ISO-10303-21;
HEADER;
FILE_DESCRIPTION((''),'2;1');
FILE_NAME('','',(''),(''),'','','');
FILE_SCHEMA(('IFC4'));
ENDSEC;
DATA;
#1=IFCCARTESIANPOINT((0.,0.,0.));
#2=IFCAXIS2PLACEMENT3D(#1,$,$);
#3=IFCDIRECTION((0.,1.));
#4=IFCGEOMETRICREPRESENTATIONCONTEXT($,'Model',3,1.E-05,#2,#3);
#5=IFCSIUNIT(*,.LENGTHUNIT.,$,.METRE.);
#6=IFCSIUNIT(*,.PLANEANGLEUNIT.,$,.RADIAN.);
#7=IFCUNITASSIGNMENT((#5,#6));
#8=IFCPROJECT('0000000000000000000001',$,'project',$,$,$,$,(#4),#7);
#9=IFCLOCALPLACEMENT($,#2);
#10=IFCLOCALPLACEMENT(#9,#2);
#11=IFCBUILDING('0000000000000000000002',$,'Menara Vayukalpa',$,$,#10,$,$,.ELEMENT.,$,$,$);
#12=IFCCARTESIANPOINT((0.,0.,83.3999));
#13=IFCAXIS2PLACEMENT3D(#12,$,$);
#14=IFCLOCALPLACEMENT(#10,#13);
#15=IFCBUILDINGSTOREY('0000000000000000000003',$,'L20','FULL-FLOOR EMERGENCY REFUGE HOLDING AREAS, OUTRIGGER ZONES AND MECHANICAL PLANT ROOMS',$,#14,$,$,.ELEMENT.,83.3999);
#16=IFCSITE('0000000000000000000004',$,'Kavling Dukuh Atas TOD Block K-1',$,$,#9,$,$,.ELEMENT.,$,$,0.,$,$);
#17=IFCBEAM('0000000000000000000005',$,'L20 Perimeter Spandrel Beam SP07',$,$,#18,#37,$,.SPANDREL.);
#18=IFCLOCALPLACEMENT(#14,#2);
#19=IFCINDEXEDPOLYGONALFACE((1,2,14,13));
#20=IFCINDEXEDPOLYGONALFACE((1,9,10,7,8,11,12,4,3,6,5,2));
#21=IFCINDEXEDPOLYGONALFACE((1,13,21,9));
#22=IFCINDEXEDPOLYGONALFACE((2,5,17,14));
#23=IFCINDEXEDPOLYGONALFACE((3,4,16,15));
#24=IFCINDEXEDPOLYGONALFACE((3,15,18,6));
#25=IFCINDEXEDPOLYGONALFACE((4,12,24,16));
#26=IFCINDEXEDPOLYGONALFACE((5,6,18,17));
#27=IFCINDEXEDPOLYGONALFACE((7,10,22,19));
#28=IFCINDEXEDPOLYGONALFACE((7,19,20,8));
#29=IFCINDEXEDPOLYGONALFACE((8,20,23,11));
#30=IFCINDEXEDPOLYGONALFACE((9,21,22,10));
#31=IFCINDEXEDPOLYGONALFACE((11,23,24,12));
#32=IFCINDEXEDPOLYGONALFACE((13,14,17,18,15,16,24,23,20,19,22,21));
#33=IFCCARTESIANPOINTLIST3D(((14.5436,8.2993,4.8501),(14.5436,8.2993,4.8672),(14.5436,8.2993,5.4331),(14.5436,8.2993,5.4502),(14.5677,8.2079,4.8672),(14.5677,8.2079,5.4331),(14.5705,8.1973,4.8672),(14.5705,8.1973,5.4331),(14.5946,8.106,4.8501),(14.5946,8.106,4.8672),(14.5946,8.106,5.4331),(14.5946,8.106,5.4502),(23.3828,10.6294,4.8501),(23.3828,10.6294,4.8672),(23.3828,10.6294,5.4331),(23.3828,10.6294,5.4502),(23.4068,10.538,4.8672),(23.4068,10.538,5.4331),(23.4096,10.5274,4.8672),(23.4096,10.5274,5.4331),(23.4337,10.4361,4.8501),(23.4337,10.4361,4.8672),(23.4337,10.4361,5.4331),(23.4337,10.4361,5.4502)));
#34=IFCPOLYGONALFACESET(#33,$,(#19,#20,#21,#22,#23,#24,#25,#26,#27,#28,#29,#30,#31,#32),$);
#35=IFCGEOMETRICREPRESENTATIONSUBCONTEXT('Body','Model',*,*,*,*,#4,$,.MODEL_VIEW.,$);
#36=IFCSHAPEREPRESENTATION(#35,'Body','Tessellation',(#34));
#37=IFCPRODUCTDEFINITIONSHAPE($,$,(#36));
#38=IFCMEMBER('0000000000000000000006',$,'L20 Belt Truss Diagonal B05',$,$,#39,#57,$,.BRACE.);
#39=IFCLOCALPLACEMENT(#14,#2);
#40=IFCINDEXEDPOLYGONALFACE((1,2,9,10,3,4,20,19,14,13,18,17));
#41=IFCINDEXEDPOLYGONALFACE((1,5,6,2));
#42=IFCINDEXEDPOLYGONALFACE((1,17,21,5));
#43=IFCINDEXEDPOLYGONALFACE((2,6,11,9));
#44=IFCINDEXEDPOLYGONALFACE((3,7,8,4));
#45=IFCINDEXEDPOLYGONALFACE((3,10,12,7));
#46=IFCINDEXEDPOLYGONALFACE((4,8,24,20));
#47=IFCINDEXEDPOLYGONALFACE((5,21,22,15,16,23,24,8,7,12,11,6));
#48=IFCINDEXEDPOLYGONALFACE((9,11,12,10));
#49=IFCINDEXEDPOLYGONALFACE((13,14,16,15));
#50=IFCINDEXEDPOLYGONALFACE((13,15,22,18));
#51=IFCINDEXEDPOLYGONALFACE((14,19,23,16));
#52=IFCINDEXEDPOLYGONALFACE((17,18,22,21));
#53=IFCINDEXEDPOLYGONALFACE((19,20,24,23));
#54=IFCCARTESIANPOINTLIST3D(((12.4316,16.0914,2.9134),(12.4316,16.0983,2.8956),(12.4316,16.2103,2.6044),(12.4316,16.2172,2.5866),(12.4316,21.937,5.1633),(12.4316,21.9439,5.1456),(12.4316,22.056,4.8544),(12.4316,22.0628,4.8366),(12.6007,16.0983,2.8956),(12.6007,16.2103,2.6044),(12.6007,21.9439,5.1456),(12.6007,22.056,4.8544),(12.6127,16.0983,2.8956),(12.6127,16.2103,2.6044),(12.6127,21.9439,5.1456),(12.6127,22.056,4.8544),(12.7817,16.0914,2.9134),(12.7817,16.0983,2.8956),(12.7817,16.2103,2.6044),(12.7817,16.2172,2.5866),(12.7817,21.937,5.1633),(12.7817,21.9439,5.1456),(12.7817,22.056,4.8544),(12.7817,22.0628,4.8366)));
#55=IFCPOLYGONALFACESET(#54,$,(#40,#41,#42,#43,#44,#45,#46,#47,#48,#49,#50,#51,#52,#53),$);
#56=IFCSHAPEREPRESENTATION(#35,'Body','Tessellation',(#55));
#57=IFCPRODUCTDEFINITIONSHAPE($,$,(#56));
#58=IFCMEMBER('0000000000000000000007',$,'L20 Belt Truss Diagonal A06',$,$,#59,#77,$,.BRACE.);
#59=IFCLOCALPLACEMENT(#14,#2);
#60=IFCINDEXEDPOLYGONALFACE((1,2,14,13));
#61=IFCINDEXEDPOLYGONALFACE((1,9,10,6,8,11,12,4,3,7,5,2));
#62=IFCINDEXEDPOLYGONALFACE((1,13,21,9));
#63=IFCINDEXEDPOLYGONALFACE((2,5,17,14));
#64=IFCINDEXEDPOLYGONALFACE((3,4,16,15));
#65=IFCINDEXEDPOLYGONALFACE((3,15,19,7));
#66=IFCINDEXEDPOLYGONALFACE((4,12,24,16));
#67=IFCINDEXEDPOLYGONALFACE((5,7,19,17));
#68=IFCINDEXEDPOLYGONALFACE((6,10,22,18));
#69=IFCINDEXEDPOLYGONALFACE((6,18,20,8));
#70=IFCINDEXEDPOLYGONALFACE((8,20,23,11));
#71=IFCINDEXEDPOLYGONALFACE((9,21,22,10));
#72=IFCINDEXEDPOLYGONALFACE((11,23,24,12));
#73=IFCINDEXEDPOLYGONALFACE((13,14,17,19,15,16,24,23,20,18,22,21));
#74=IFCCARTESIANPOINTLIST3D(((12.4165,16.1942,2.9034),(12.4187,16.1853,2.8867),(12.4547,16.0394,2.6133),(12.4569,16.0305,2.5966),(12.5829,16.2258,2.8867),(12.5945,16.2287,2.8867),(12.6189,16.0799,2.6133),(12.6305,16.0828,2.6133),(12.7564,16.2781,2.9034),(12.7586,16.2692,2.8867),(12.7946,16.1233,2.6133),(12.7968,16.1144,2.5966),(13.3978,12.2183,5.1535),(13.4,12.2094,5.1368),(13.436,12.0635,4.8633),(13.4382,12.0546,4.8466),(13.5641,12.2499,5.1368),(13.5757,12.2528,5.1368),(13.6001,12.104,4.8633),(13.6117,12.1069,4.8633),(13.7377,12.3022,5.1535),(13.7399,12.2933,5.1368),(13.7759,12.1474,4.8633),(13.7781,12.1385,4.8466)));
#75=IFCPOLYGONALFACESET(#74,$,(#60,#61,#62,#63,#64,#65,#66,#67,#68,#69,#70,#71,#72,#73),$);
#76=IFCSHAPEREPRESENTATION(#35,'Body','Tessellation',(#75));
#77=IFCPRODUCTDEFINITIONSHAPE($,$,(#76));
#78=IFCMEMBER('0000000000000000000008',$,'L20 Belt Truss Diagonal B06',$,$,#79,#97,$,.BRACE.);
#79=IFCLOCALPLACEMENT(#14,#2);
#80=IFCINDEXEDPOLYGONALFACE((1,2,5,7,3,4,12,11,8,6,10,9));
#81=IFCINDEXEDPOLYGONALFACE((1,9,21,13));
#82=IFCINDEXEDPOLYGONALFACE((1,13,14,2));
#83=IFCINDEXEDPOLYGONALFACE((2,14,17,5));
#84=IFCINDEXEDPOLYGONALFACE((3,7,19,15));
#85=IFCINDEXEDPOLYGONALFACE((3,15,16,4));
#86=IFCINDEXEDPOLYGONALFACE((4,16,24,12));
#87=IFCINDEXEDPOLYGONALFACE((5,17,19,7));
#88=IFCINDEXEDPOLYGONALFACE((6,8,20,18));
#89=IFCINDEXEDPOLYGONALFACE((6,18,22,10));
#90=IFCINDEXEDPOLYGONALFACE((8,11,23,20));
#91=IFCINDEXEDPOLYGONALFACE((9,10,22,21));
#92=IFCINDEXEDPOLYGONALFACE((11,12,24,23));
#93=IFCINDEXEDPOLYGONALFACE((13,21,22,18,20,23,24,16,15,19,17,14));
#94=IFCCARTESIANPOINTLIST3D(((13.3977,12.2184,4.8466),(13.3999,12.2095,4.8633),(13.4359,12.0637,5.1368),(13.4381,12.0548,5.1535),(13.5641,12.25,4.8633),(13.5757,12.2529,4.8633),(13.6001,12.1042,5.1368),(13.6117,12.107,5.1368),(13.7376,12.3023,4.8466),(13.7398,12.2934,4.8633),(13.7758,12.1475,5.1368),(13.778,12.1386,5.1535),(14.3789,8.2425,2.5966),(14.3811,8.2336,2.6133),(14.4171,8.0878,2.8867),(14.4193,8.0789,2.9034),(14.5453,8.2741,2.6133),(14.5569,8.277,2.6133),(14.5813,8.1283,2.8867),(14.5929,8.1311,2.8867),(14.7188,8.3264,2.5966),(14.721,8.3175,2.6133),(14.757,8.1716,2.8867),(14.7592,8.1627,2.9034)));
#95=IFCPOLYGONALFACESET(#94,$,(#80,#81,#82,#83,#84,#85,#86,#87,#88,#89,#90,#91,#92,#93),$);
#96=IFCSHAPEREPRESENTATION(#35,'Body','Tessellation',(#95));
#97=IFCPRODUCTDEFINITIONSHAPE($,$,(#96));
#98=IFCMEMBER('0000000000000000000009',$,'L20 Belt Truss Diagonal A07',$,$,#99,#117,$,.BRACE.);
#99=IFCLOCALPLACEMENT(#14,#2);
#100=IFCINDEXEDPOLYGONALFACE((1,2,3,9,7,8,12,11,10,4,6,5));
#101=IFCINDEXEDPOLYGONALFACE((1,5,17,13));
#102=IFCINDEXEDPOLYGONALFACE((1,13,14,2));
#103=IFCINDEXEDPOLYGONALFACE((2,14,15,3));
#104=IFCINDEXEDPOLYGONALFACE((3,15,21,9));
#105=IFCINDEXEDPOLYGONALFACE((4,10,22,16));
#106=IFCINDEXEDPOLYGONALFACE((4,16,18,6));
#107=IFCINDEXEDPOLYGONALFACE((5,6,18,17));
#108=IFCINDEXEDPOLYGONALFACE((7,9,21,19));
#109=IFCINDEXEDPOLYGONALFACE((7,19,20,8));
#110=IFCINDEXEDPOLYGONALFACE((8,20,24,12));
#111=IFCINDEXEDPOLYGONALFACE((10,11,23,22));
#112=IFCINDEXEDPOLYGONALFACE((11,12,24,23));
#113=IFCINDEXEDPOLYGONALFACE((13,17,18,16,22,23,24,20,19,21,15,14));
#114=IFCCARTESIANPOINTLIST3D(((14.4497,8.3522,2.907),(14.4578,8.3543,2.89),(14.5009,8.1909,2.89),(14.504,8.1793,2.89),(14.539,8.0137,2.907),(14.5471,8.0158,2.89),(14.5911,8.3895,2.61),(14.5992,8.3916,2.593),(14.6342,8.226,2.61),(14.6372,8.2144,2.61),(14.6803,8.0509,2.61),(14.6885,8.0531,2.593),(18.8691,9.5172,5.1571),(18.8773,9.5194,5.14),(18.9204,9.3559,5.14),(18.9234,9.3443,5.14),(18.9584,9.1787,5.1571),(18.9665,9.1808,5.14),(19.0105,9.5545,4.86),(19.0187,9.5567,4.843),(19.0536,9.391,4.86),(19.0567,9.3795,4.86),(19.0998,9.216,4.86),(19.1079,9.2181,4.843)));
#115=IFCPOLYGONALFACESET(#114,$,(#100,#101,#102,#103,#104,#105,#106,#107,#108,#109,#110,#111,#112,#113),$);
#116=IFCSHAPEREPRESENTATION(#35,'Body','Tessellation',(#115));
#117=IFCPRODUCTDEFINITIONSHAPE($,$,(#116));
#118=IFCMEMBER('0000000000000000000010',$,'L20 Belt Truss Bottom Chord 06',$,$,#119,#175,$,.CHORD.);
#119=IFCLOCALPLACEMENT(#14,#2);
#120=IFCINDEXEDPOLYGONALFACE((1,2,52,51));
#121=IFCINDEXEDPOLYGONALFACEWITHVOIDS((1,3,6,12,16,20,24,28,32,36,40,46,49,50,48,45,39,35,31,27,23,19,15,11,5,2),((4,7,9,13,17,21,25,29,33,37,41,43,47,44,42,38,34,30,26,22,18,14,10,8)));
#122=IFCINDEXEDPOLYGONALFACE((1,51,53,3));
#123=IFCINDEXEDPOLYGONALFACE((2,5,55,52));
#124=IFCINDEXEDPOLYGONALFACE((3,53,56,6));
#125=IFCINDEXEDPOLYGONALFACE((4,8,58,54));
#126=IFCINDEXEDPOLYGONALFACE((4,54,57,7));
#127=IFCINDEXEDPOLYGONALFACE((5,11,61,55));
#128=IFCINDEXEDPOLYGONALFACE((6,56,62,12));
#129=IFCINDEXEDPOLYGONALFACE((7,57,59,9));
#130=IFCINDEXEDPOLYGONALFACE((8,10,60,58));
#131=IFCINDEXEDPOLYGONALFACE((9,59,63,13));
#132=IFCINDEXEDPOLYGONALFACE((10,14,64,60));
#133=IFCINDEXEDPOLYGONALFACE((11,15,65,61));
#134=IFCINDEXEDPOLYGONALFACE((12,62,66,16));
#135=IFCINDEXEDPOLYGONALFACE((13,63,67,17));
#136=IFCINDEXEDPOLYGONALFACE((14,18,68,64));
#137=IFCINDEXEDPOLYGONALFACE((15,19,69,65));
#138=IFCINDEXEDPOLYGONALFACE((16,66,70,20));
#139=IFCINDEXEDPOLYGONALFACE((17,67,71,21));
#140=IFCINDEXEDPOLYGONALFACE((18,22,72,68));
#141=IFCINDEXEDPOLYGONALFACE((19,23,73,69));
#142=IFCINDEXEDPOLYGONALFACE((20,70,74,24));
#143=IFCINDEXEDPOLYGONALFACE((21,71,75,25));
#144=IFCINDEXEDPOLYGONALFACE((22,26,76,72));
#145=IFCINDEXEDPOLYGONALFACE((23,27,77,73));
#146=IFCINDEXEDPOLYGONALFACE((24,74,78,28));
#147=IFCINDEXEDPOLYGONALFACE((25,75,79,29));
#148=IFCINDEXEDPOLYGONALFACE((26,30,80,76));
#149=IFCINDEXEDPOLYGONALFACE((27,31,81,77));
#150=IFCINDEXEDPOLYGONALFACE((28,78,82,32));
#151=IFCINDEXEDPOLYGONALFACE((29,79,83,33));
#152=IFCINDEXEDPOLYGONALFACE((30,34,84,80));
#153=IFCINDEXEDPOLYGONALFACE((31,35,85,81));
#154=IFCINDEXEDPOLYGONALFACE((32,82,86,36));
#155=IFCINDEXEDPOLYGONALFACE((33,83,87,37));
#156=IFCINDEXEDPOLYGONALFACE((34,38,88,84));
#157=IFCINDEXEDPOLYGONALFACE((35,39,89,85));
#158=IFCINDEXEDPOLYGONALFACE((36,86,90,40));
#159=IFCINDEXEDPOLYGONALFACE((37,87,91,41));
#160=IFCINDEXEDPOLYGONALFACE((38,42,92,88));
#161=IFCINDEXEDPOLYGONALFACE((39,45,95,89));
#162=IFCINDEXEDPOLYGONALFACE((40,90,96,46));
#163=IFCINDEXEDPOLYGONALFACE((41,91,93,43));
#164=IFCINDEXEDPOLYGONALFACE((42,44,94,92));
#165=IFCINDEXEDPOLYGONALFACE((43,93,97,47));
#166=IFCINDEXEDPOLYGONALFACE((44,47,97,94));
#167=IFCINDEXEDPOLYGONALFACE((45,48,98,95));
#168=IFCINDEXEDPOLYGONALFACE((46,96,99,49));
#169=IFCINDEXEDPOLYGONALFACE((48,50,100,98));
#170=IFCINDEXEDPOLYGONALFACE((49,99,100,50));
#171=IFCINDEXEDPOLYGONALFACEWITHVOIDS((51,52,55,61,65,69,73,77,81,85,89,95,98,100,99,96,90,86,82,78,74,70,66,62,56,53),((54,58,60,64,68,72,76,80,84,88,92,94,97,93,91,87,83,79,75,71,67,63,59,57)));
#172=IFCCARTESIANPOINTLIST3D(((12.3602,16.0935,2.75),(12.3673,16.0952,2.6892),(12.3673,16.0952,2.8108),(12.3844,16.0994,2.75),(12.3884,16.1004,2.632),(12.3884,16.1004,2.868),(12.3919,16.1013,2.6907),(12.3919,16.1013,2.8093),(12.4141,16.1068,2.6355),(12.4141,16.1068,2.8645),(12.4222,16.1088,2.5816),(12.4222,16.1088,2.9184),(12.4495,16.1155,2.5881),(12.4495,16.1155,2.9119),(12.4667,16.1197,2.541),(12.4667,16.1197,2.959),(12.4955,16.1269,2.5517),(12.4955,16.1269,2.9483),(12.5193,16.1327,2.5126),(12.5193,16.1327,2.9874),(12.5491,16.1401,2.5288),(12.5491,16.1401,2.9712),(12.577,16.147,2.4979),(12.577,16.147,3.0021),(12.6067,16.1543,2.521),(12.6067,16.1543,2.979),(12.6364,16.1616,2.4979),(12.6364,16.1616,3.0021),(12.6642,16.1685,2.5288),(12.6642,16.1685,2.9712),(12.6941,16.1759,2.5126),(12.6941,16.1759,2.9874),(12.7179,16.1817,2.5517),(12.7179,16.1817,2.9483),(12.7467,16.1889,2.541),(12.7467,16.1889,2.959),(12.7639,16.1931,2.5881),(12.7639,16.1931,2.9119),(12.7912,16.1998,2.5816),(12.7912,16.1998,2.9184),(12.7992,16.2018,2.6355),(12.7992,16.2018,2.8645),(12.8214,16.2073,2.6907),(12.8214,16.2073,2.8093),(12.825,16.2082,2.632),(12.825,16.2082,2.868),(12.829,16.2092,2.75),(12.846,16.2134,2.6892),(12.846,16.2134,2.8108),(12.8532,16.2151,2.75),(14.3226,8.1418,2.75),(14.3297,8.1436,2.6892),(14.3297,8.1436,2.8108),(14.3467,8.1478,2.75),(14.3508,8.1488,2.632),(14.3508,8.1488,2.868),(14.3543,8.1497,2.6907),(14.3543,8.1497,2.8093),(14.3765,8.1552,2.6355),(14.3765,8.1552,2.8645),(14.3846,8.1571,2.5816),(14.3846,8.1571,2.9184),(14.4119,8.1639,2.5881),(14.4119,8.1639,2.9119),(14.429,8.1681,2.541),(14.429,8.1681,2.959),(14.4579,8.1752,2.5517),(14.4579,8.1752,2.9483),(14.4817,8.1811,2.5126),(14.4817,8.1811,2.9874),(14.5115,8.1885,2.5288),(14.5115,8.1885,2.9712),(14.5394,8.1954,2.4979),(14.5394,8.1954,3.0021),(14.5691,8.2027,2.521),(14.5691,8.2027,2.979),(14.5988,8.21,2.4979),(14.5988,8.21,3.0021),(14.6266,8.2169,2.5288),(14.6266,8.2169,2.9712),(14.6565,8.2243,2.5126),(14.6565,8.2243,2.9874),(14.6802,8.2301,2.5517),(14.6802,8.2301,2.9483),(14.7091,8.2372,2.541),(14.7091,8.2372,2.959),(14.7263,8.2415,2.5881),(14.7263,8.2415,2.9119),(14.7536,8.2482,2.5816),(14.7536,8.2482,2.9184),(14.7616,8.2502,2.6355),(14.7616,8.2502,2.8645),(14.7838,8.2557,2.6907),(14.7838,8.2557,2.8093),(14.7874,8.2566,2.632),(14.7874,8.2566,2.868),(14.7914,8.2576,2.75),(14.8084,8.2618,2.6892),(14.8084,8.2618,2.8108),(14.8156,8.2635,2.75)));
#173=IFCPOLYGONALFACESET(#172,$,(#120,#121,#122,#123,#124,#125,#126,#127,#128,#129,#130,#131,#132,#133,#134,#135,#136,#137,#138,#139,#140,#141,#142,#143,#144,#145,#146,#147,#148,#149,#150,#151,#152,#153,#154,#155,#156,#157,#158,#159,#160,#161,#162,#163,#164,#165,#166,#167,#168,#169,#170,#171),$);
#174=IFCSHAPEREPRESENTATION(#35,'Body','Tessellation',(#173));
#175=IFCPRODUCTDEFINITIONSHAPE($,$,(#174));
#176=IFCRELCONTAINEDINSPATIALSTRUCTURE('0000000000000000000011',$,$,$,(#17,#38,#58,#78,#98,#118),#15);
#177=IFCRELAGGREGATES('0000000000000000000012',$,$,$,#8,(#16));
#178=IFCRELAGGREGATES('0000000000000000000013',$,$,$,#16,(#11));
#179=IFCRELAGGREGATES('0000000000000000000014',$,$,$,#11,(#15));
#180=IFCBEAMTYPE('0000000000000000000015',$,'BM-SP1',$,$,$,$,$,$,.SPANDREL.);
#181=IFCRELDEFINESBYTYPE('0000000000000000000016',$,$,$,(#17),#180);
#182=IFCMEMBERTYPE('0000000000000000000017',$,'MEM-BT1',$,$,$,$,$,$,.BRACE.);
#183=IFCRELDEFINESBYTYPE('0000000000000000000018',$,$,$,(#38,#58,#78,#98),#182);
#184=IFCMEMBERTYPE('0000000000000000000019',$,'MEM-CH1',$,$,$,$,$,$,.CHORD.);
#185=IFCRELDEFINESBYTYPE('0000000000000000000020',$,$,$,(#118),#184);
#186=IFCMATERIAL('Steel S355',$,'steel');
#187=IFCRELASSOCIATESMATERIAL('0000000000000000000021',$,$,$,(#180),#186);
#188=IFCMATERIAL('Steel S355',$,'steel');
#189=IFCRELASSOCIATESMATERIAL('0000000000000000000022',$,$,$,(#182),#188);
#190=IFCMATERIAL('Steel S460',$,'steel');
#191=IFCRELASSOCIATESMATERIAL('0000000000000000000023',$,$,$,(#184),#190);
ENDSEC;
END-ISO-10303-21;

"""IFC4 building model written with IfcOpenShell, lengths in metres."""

from ifc_helpers import new_model, si_unit, direction, frame, origin, origin_2d, place, context, subcontext, project, spatial, hollow_circle, i_section, extrude, material, material_profile, profile_set, type_object, element, save


model = new_model("IFC4")

# Units and contexts
model_context = context("Model", 3, precision=1e-05, world=origin(), true_north=direction((0.0, 1.0)))
body_context = subcontext(model_context, "Body", "Model", "MODEL_VIEW")
ifc_project = project(units=[si_unit("LENGTHUNIT", "METRE"), si_unit("PLANEANGLEUNIT", "RADIAN")], contexts=[model_context])

# Site, building, storey
site_placement = place(None, origin())
site = spatial("IfcSite", under=ifc_project, at=site_placement, Name="Kavling Dukuh Atas TOD Block K-1", CompositionType="ELEMENT", RefElevation=0.0)
building_placement = place(site_placement, origin())
building = spatial("IfcBuilding", under=site, at=building_placement, Name="Menara Vayukalpa", CompositionType="ELEMENT")
storey_placement = place(building_placement, frame((0.0, 0.0, 83.3999)))
storey = spatial("IfcBuildingStorey", under=building, at=storey_placement, Name="L20", Description="FULL-FLOOR EMERGENCY REFUGE HOLDING AREAS, OUTRIGGER ZONES AND MECHANICAL PLANT ROOMS", CompositionType="ELEMENT", Elevation=83.3999)

# Beam
ifc_material_1 = material(Name="Steel S355", Category="steel")
ifc_material_profile_1 = material_profile(ifc_material_1, i_section(OverallWidth=0.2, OverallDepth=0.6001, WebThickness=0.011, FlangeThickness=0.0171, at=origin_2d()), Name="WF 600x200x11x17")
ifc_profile_set_1 = profile_set([ifc_material_profile_1], Name="Steel S355")
beam_type_1 = type_object("IfcBeamType", Name="BM-SP1", PredefinedType="SPANDREL", material=ifc_profile_set_1)
beam_1_placement = place(storey_placement, frame((14.5691, 8.2026, 5.1501), z_axis=(0.966967, 0.254902, 0.0), x_axis=(-0.254902, 0.966967, 0.0)))
element("IfcBeam", 1, at=beam_1_placement, inside=storey, type_object=beam_type_1, Name="L20 Perimeter Spandrel Beam SP07", PredefinedType="SPANDREL", context=body_context, shape_type="SweptSolid", body=[
    extrude(i_section(OverallWidth=0.2, OverallDepth=0.6001, WebThickness=0.011, FlangeThickness=0.0171, at=origin_2d()), origin(), (0.0, 0.0, 1.0), 9.1411),
])

# Members
ifc_material_2 = material(Name="Steel S355", Category="steel")
ifc_material_profile_2 = material_profile(ifc_material_2, i_section(OverallWidth=0.3501, OverallDepth=0.3501, WebThickness=0.012, FlangeThickness=0.019, at=origin_2d()), Name="H 350x350x12x19")
ifc_profile_set_2 = profile_set([ifc_material_profile_2], Name="Steel S355")
member_type_1 = type_object("IfcMemberType", Name="MEM-BT1", PredefinedType="BRACE", material=ifc_profile_set_2)
member_1_placement = place(storey_placement, frame((12.6067, 16.1543, 2.75), z_axis=(0.0, 0.933257, 0.359209), x_axis=(-1.0, 0.0, 0.0)))
element("IfcMember", 2, at=member_1_placement, inside=storey, type_object=member_type_1, Name="L20 Belt Truss Diagonal B05", PredefinedType="BRACE", context=body_context, shape_type="SweptSolid", body=[
    extrude(i_section(OverallWidth=0.3501, OverallDepth=0.3501, WebThickness=0.012, FlangeThickness=0.019, at=origin_2d()), origin(), (0.0, 0.0, 1.0), 6.2637),
])
for number, where, z_axis, x_axis, name in (
    (3, (12.6067, 16.1543, 2.75), (0.209994, -0.850896, 0.481538), (0.970871, 0.239603, 0.0), "L20 Belt Truss Diagonal A06"),
    (4, (14.5691, 8.2026, 2.75), (-0.209994, 0.850896, 0.481538), (-0.970871, -0.239603, 0.0), "L20 Belt Truss Diagonal B06"),
):
    element("IfcMember", number, at=place(storey_placement, frame(where, z_axis=z_axis, x_axis=x_axis)), inside=storey, type_object=member_type_1, Name=name, PredefinedType="BRACE", context=body_context, shape_type="SweptSolid", body=[
        extrude(i_section(OverallWidth=0.3501, OverallDepth=0.3501, WebThickness=0.012, FlangeThickness=0.019, at=origin_2d()), origin(), (0.0, 0.0, 1.0), 4.6726),
    ])
member_2_placement = place(storey_placement, frame((14.5691, 8.2026, 2.75), z_axis=(0.867537, 0.228698, 0.441676), x_axis=(-0.254909, 0.966965, 0.0)))
element("IfcMember", 5, at=member_2_placement, inside=storey, type_object=member_type_1, Name="L20 Belt Truss Diagonal A07", PredefinedType="BRACE", context=body_context, shape_type="SweptSolid", body=[
    extrude(i_section(OverallWidth=0.3501, OverallDepth=0.3501, WebThickness=0.012, FlangeThickness=0.019, at=origin_2d()), origin(), (0.0, 0.0, 1.0), 5.0942),
])
ifc_material_3 = material(Name="Steel S460", Category="steel")
ifc_material_profile_3 = material_profile(ifc_material_3, hollow_circle(Radius=0.2539, WallThickness=0.0249, at=origin_2d()), Name="CHS 508.0x25")
ifc_profile_set_3 = profile_set([ifc_material_profile_3], Name="Steel S460")
member_type_2 = type_object("IfcMemberType", Name="MEM-CH1", PredefinedType="CHORD", material=ifc_profile_set_3)
member_3_placement = place(storey_placement, frame((12.6067, 16.1543, 2.75), z_axis=(0.239603, -0.970871, 0.0), x_axis=(0.970871, 0.239603, 0.0)))
element("IfcMember", 6, at=member_3_placement, inside=storey, type_object=member_type_2, Name="L20 Belt Truss Bottom Chord 06", PredefinedType="CHORD", context=body_context, shape_type="SweptSolid", body=[
    extrude(hollow_circle(Radius=0.2539, WallThickness=0.0249, at=origin_2d()), origin(), (0.0, 0.0, 1.0), 8.1902),
])

save(model, "model.ifc")
